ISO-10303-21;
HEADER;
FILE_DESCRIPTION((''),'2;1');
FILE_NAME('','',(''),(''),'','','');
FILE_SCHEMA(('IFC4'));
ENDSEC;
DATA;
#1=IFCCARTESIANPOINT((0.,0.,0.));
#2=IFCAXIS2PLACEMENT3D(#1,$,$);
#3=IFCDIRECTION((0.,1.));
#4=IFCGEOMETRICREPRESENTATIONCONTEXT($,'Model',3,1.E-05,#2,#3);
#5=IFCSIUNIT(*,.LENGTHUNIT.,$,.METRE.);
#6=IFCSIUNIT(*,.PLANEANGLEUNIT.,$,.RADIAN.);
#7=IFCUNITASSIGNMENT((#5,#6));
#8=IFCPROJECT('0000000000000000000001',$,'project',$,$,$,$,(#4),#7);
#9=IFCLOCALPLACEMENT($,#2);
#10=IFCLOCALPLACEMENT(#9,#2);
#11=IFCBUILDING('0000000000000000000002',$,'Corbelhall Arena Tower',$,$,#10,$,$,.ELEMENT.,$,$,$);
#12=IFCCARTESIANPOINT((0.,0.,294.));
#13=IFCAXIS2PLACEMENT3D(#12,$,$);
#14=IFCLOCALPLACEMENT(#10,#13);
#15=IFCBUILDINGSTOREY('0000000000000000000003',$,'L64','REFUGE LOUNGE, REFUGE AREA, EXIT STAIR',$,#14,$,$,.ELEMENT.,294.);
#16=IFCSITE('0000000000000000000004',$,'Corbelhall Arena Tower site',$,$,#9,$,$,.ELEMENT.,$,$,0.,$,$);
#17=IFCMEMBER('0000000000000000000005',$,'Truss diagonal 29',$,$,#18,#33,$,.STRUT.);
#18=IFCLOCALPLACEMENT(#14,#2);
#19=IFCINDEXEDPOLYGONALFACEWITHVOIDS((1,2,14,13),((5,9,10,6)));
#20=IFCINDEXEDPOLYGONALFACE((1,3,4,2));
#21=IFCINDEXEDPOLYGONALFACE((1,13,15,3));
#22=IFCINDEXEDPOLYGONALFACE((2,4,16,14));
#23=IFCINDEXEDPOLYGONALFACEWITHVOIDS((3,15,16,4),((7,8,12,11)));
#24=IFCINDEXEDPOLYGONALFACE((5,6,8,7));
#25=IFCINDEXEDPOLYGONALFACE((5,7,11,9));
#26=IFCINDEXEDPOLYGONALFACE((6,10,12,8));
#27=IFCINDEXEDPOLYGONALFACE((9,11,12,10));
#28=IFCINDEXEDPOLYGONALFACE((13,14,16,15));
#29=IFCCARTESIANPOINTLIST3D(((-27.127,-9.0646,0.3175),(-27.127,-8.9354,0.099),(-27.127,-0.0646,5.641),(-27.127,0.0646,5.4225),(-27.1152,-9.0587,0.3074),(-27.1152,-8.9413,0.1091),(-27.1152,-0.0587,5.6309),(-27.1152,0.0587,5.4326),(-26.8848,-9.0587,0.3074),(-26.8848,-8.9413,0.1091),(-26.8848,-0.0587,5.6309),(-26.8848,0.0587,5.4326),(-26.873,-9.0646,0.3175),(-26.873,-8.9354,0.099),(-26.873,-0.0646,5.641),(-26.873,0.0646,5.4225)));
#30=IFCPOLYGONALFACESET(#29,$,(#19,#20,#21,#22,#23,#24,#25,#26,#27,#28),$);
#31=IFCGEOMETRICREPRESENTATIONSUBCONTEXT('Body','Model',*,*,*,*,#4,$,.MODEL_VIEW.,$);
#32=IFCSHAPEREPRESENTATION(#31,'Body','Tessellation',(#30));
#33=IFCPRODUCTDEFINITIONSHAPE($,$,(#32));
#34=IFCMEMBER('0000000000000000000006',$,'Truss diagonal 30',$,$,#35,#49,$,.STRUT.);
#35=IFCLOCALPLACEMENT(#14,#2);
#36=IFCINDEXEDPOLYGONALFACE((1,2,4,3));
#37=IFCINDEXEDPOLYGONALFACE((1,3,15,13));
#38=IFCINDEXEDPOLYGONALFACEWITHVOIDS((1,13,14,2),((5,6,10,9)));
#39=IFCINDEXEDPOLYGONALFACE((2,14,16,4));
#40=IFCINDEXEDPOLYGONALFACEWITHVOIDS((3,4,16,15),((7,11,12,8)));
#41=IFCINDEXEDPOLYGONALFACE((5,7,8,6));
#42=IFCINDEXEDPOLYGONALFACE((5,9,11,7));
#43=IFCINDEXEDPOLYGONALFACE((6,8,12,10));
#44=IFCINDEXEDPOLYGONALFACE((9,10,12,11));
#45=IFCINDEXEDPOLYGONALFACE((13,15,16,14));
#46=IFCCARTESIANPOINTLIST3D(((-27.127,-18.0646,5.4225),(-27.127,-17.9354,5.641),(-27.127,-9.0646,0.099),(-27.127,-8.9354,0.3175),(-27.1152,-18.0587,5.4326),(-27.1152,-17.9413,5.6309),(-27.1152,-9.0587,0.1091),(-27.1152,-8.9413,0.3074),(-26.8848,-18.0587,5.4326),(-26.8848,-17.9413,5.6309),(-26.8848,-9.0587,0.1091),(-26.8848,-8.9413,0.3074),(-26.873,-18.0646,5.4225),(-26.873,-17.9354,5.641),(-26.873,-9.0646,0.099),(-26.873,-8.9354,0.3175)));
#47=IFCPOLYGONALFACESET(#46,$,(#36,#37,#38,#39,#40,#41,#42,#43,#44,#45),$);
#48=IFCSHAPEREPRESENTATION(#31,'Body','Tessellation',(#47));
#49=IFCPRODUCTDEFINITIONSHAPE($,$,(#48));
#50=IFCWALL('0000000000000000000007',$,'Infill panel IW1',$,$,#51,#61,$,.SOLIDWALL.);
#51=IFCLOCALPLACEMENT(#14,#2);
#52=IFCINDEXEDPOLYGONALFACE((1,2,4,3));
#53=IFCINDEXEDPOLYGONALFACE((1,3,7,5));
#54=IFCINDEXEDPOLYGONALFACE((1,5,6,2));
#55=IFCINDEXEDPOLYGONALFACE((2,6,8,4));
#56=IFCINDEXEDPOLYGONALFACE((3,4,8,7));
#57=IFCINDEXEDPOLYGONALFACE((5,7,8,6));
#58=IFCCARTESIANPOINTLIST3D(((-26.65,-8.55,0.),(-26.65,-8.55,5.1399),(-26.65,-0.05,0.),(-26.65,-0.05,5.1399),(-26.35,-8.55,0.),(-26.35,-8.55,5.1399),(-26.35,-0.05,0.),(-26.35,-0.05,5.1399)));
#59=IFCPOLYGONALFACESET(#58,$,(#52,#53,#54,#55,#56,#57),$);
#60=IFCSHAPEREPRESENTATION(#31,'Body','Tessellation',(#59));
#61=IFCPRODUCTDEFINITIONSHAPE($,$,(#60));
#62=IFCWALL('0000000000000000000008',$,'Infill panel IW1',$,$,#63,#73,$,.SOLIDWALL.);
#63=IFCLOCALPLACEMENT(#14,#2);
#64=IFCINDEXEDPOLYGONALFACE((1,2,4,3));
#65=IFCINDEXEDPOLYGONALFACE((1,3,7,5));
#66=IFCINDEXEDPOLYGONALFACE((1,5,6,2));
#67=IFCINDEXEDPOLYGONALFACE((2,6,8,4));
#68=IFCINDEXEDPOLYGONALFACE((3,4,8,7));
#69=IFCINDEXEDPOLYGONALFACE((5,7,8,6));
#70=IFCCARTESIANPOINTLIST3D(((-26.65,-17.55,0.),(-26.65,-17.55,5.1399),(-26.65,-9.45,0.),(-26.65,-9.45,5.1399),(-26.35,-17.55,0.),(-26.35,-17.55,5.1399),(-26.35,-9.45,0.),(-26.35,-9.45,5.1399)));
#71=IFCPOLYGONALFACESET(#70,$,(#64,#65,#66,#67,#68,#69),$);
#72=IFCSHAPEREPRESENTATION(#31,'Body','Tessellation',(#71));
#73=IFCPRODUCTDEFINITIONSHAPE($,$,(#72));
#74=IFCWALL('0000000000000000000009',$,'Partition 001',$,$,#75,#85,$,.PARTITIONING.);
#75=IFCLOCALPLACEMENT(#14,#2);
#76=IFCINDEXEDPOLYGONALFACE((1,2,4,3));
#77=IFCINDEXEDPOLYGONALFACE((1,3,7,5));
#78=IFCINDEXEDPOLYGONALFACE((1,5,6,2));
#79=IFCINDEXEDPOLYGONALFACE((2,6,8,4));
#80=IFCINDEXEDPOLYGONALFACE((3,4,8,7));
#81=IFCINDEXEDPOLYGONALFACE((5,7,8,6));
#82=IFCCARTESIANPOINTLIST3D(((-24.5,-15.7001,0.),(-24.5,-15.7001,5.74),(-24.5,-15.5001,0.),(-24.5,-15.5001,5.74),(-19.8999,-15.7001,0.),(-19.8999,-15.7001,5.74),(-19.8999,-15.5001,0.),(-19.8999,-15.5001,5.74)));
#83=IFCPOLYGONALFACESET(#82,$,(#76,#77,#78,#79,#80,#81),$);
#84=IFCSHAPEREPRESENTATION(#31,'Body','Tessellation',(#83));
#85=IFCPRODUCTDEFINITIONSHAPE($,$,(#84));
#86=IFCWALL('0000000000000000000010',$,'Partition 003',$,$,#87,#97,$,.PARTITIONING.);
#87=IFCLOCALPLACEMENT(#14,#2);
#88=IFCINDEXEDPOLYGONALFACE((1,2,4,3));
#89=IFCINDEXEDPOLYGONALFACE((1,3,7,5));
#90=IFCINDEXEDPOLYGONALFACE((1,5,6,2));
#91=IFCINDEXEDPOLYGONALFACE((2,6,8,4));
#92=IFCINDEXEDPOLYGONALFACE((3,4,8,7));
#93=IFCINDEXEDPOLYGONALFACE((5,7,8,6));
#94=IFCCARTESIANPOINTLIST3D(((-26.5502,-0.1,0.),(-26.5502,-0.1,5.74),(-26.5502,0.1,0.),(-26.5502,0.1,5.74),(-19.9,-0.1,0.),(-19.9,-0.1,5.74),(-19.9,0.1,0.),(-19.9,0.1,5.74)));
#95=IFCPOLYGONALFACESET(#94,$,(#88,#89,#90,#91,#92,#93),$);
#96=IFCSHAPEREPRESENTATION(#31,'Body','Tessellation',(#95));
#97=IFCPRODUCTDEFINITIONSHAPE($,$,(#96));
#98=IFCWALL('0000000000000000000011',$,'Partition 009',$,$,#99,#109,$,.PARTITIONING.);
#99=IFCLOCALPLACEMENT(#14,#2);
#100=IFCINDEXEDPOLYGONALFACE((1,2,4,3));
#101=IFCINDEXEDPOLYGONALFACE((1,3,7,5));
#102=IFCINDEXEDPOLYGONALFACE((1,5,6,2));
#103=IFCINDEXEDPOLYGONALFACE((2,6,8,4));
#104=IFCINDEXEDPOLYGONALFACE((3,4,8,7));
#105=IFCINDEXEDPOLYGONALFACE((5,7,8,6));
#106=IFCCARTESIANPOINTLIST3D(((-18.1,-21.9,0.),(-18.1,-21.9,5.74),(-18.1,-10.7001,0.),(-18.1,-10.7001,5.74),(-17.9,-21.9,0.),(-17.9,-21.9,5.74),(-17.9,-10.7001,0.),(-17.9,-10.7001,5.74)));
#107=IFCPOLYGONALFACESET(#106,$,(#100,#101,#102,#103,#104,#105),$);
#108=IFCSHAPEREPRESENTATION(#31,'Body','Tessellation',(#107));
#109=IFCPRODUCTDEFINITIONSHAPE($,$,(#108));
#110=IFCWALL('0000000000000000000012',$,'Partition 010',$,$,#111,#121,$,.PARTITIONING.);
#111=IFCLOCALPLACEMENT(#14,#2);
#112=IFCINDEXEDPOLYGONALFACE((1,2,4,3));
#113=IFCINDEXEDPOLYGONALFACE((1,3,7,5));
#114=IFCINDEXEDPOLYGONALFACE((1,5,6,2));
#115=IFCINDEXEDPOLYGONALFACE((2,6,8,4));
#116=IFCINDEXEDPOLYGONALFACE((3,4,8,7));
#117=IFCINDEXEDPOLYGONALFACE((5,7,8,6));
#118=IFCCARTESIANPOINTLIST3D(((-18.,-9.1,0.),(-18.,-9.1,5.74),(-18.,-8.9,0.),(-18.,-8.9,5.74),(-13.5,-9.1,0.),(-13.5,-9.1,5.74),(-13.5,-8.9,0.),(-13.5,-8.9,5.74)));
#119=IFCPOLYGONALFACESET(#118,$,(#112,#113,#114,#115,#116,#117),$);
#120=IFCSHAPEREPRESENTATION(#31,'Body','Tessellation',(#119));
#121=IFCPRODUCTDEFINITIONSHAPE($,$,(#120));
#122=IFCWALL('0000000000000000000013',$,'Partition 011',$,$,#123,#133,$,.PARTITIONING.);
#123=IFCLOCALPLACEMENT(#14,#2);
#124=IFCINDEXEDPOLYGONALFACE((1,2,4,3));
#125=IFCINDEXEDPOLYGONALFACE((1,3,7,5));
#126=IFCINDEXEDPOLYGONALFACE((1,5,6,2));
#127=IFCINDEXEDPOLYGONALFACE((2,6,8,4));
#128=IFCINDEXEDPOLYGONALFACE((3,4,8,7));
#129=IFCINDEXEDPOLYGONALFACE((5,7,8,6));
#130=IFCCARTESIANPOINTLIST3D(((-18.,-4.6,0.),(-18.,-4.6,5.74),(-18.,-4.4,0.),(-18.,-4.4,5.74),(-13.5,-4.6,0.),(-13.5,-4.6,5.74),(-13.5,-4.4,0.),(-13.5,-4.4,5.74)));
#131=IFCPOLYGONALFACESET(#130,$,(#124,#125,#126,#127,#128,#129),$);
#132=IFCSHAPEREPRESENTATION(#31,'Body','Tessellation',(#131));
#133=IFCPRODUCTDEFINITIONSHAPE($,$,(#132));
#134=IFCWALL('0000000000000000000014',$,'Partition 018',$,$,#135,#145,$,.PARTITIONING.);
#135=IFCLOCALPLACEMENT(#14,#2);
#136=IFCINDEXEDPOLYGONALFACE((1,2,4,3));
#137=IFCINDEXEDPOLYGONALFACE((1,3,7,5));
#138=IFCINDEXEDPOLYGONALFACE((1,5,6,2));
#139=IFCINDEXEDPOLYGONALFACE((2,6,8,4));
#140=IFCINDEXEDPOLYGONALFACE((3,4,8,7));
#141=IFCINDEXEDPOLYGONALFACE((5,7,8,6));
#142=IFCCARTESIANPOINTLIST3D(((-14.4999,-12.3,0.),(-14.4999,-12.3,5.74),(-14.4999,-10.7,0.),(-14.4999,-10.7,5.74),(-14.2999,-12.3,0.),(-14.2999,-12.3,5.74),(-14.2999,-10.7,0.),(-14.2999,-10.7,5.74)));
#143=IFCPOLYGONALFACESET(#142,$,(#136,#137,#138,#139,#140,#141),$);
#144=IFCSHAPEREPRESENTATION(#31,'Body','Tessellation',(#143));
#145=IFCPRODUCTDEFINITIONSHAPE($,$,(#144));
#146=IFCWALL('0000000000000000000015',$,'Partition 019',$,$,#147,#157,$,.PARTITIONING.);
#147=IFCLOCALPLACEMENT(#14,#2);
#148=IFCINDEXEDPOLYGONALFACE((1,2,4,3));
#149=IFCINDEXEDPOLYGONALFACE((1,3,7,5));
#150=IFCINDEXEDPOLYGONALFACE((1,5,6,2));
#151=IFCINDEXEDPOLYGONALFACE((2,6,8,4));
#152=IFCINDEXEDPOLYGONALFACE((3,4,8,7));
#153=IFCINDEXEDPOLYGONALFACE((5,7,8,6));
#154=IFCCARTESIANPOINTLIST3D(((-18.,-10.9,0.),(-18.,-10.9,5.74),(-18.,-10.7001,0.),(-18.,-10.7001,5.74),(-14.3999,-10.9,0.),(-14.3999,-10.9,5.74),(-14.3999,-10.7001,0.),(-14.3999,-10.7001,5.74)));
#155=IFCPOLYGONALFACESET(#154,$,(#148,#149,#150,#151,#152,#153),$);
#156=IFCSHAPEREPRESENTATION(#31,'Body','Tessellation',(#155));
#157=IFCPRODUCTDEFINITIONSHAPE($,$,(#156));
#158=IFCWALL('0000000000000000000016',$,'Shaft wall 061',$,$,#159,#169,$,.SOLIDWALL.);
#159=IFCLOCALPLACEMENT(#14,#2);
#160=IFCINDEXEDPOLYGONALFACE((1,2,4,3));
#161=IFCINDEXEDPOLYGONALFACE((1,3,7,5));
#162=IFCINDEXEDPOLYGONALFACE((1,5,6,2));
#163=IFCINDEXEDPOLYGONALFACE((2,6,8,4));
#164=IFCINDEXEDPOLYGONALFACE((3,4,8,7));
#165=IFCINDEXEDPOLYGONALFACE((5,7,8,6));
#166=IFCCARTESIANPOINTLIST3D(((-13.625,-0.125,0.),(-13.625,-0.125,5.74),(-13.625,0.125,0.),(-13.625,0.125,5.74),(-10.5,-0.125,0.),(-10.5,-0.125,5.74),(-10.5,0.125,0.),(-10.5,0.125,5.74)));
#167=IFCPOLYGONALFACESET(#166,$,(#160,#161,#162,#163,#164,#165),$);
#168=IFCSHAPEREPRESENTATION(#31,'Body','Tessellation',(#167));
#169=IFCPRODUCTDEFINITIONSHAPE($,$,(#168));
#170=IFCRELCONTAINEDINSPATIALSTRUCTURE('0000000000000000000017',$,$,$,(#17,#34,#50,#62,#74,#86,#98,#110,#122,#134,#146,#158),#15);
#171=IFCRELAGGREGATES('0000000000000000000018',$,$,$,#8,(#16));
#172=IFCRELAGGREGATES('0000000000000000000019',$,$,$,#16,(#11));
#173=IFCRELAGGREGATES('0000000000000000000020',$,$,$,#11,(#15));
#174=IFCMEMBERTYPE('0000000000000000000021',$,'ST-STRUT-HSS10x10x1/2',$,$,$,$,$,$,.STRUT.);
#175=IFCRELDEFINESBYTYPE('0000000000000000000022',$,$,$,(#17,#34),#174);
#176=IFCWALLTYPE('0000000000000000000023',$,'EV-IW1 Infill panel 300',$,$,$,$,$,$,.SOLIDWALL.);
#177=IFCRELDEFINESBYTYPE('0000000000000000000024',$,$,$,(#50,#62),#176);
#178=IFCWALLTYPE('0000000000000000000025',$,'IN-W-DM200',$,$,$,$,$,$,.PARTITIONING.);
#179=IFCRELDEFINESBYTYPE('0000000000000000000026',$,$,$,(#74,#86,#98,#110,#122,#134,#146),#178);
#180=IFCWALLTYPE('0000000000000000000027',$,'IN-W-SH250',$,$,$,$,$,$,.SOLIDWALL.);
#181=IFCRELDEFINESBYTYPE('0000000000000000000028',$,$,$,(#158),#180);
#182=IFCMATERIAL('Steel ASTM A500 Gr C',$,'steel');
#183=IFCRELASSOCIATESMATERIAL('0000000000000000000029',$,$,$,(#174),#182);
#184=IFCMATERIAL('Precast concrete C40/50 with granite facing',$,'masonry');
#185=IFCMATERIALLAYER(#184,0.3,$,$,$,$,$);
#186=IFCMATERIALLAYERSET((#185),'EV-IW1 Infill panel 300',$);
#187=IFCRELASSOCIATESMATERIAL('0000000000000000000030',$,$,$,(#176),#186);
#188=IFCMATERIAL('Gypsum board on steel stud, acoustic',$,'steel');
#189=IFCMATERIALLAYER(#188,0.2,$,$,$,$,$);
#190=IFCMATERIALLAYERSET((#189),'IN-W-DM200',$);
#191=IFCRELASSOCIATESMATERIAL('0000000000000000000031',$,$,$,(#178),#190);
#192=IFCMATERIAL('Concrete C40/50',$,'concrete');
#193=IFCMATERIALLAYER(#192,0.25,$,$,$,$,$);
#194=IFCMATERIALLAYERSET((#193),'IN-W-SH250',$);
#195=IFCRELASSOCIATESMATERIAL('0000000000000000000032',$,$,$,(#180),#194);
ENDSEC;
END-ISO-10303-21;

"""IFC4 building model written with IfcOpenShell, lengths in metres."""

from ifc_helpers import new_model, si_unit, direction, frame, frame_2d, origin, origin_2d, place, context, subcontext, project, spatial, rectangle, hollow_rectangle, extrude, material, layer, layer_set, material_profile, profile_set, type_object, element, save


model = new_model("IFC4")

# Units and contexts
model_context = context("Model", 3, precision=1e-05, world=origin(), true_north=direction((0.0, 1.0)))
body_context = subcontext(model_context, "Body", "Model", "MODEL_VIEW")
ifc_project = project(units=[si_unit("LENGTHUNIT", "METRE"), si_unit("PLANEANGLEUNIT", "RADIAN")], contexts=[model_context])

# Site, building, storey
site_placement = place(None, origin())
site = spatial("IfcSite", under=ifc_project, at=site_placement, Name="Corbelhall Arena Tower site", CompositionType="ELEMENT", RefElevation=0.0)
building_placement = place(site_placement, origin())
building = spatial("IfcBuilding", under=site, at=building_placement, Name="Corbelhall Arena Tower", CompositionType="ELEMENT")
storey_placement = place(building_placement, frame((0.0, 0.0, 294.0)))
storey = spatial("IfcBuildingStorey", under=building, at=storey_placement, Name="L64", Description="REFUGE LOUNGE, REFUGE AREA, EXIT STAIR", CompositionType="ELEMENT", Elevation=294.0)

# Members
ifc_material_1 = material(Name="Steel ASTM A500 Gr C", Category="steel")
ifc_material_profile_1 = material_profile(ifc_material_1, hollow_rectangle(XDim=0.2539, YDim=0.2539, WallThickness=0.0117, at=origin_2d()))
ifc_profile_set_1 = profile_set([ifc_material_profile_1], Name="Steel ASTM A500 Gr C")
member_type_1 = type_object("IfcMemberType", Name="ST-STRUT-HSS10x10x1/2", PredefinedType="STRUT", material=ifc_profile_set_1)
for number, where, z_axis, x_axis, name in (
    (1, (-27.0, -9.0, 0.2083), (0.0, 0.860704, 0.509105), (-1.0, 0.0, 0.0), "Truss diagonal 29"),
    (2, (-27.0, -9.0, 0.2083), (0.0, -0.860704, 0.509105), (1.0, 0.0, 0.0), "Truss diagonal 30"),
):
    element("IfcMember", number, at=place(storey_placement, frame(where, z_axis=z_axis, x_axis=x_axis)), inside=storey, type_object=member_type_1, Name=name, PredefinedType="STRUT", context=body_context, shape_type="SweptSolid", body=[
        extrude(hollow_rectangle(XDim=0.2539, YDim=0.2539, WallThickness=0.0117, at=origin_2d()), origin(), (0.0, 0.0, 1.0), 10.4565),
    ])

# Walls
ifc_material_2 = material(Name="Precast concrete C40/50 with granite facing", Category="masonry")
ifc_layer_1 = layer(ifc_material_2, 0.3)
ifc_layer_set_1 = layer_set([ifc_layer_1], Name="EV-IW1 Infill panel 300")
wall_type_1 = type_object("IfcWallType", Name="EV-IW1 Infill panel 300", PredefinedType="SOLIDWALL", material=ifc_layer_set_1)
wall_1_placement = place(storey_placement, frame((-26.5, -0.05, 0.0), z_axis=(0.0, 0.0, 1.0), x_axis=(0.0, -1.0, 0.0)))
element("IfcWall", 3, at=wall_1_placement, inside=storey, type_object=wall_type_1, Name="Infill panel IW1", PredefinedType="SOLIDWALL", context=body_context, shape_type="SweptSolid", body=[
    extrude(rectangle(XDim=8.5, YDim=0.3, at=frame_2d((4.25, 0.0))), origin(), (0.0, 0.0, 1.0), 5.1399),
])
wall_2_placement = place(storey_placement, frame((-26.5, -9.45, 0.0), z_axis=(0.0, 0.0, 1.0), x_axis=(0.0, -1.0, 0.0)))
element("IfcWall", 4, at=wall_2_placement, inside=storey, type_object=wall_type_1, Name="Infill panel IW1", PredefinedType="SOLIDWALL", context=body_context, shape_type="SweptSolid", body=[
    extrude(rectangle(XDim=8.1001, YDim=0.3, at=frame_2d((4.05, 0.0))), origin(), (0.0, 0.0, 1.0), 5.1399),
])
ifc_material_3 = material(Name="Gypsum board on steel stud, acoustic", Category="steel")
ifc_layer_2 = layer(ifc_material_3, 0.2)
ifc_layer_set_2 = layer_set([ifc_layer_2], Name="IN-W-DM200")
wall_type_2 = type_object("IfcWallType", Name="IN-W-DM200", PredefinedType="PARTITIONING", material=ifc_layer_set_2)
wall_3_placement = place(storey_placement, frame((-24.5, -15.6001, 0.0), z_axis=(0.0, 0.0, 1.0), x_axis=(1.0, 0.0, 0.0)))
element("IfcWall", 5, at=wall_3_placement, inside=storey, type_object=wall_type_2, Name="Partition 001", PredefinedType="PARTITIONING", context=body_context, shape_type="SweptSolid", body=[
    extrude(rectangle(XDim=4.6001, YDim=0.2, at=frame_2d((2.3, 0.0))), origin(), (0.0, 0.0, 1.0), 5.74),
])
wall_4_placement = place(storey_placement, frame((-19.8999, 0.0, 0.0), z_axis=(0.0, 0.0, 1.0), x_axis=(-1.0, 0.0, 0.0)))
element("IfcWall", 6, at=wall_4_placement, inside=storey, type_object=wall_type_2, Name="Partition 003", PredefinedType="PARTITIONING", context=body_context, shape_type="SweptSolid", body=[
    extrude(rectangle(XDim=6.6501, YDim=0.2, at=frame_2d((3.3252, 0.0))), origin(), (0.0, 0.0, 1.0), 5.74),
])
wall_5_placement = place(storey_placement, frame((-18.0, -10.7, 0.0), z_axis=(0.0, 0.0, 1.0), x_axis=(0.0, -1.0, 0.0)))
element("IfcWall", 7, at=wall_5_placement, inside=storey, type_object=wall_type_2, Name="Partition 009", PredefinedType="PARTITIONING", context=body_context, shape_type="SweptSolid", body=[
    extrude(rectangle(XDim=11.2, YDim=0.2, at=frame_2d((5.6001, 0.0))), origin(), (0.0, 0.0, 1.0), 5.74),
])
for number, where, z_axis, x_axis, name in (
    (8, (-18.0, -9.0, 0.0), (0.0, 0.0, 1.0), (1.0, 0.0, 0.0), "Partition 010"),
    (9, (-18.0, -4.5, 0.0), (0.0, 0.0, 1.0), (1.0, 0.0, 0.0), "Partition 011"),
):
    element("IfcWall", number, at=place(storey_placement, frame(where, z_axis=z_axis, x_axis=x_axis)), inside=storey, type_object=wall_type_2, Name=name, PredefinedType="PARTITIONING", context=body_context, shape_type="SweptSolid", body=[
        extrude(rectangle(XDim=4.5, YDim=0.2, at=frame_2d((2.25, 0.0))), origin(), (0.0, 0.0, 1.0), 5.74),
    ])
wall_6_placement = place(storey_placement, frame((-14.3999, -12.3, 0.0), z_axis=(0.0, 0.0, 1.0), x_axis=(0.0, 1.0, 0.0)))
element("IfcWall", 10, at=wall_6_placement, inside=storey, type_object=wall_type_2, Name="Partition 018", PredefinedType="PARTITIONING", context=body_context, shape_type="SweptSolid", body=[
    extrude(rectangle(XDim=1.6001, YDim=0.2, at=frame_2d((0.8, 0.0))), origin(), (0.0, 0.0, 1.0), 5.74),
])
wall_7_placement = place(storey_placement, frame((-14.3999, -10.8, 0.0), z_axis=(0.0, 0.0, 1.0), x_axis=(-1.0, 0.0, 0.0)))
element("IfcWall", 11, at=wall_7_placement, inside=storey, type_object=wall_type_2, Name="Partition 019", PredefinedType="PARTITIONING", context=body_context, shape_type="SweptSolid", body=[
    extrude(rectangle(XDim=3.6001, YDim=0.2, at=frame_2d((1.8, 0.0))), origin(), (0.0, 0.0, 1.0), 5.74),
])
ifc_material_4 = material(Name="Concrete C40/50", Category="concrete")
ifc_layer_3 = layer(ifc_material_4, 0.25)
ifc_layer_set_3 = layer_set([ifc_layer_3], Name="IN-W-SH250")
wall_type_3 = type_object("IfcWallType", Name="IN-W-SH250", PredefinedType="SOLIDWALL", material=ifc_layer_set_3)
wall_8_placement = place(storey_placement, frame((-13.625, 0.0, 0.0), z_axis=(0.0, 0.0, 1.0), x_axis=(1.0, 0.0, 0.0)))
element("IfcWall", 12, at=wall_8_placement, inside=storey, type_object=wall_type_3, Name="Shaft wall 061", PredefinedType="SOLIDWALL", context=body_context, shape_type="SweptSolid", body=[
    extrude(rectangle(XDim=3.125, YDim=0.25, at=frame_2d((1.5625, 0.0))), origin(), (0.0, 0.0, 1.0), 5.74),
])

save(model, "model.ifc")
